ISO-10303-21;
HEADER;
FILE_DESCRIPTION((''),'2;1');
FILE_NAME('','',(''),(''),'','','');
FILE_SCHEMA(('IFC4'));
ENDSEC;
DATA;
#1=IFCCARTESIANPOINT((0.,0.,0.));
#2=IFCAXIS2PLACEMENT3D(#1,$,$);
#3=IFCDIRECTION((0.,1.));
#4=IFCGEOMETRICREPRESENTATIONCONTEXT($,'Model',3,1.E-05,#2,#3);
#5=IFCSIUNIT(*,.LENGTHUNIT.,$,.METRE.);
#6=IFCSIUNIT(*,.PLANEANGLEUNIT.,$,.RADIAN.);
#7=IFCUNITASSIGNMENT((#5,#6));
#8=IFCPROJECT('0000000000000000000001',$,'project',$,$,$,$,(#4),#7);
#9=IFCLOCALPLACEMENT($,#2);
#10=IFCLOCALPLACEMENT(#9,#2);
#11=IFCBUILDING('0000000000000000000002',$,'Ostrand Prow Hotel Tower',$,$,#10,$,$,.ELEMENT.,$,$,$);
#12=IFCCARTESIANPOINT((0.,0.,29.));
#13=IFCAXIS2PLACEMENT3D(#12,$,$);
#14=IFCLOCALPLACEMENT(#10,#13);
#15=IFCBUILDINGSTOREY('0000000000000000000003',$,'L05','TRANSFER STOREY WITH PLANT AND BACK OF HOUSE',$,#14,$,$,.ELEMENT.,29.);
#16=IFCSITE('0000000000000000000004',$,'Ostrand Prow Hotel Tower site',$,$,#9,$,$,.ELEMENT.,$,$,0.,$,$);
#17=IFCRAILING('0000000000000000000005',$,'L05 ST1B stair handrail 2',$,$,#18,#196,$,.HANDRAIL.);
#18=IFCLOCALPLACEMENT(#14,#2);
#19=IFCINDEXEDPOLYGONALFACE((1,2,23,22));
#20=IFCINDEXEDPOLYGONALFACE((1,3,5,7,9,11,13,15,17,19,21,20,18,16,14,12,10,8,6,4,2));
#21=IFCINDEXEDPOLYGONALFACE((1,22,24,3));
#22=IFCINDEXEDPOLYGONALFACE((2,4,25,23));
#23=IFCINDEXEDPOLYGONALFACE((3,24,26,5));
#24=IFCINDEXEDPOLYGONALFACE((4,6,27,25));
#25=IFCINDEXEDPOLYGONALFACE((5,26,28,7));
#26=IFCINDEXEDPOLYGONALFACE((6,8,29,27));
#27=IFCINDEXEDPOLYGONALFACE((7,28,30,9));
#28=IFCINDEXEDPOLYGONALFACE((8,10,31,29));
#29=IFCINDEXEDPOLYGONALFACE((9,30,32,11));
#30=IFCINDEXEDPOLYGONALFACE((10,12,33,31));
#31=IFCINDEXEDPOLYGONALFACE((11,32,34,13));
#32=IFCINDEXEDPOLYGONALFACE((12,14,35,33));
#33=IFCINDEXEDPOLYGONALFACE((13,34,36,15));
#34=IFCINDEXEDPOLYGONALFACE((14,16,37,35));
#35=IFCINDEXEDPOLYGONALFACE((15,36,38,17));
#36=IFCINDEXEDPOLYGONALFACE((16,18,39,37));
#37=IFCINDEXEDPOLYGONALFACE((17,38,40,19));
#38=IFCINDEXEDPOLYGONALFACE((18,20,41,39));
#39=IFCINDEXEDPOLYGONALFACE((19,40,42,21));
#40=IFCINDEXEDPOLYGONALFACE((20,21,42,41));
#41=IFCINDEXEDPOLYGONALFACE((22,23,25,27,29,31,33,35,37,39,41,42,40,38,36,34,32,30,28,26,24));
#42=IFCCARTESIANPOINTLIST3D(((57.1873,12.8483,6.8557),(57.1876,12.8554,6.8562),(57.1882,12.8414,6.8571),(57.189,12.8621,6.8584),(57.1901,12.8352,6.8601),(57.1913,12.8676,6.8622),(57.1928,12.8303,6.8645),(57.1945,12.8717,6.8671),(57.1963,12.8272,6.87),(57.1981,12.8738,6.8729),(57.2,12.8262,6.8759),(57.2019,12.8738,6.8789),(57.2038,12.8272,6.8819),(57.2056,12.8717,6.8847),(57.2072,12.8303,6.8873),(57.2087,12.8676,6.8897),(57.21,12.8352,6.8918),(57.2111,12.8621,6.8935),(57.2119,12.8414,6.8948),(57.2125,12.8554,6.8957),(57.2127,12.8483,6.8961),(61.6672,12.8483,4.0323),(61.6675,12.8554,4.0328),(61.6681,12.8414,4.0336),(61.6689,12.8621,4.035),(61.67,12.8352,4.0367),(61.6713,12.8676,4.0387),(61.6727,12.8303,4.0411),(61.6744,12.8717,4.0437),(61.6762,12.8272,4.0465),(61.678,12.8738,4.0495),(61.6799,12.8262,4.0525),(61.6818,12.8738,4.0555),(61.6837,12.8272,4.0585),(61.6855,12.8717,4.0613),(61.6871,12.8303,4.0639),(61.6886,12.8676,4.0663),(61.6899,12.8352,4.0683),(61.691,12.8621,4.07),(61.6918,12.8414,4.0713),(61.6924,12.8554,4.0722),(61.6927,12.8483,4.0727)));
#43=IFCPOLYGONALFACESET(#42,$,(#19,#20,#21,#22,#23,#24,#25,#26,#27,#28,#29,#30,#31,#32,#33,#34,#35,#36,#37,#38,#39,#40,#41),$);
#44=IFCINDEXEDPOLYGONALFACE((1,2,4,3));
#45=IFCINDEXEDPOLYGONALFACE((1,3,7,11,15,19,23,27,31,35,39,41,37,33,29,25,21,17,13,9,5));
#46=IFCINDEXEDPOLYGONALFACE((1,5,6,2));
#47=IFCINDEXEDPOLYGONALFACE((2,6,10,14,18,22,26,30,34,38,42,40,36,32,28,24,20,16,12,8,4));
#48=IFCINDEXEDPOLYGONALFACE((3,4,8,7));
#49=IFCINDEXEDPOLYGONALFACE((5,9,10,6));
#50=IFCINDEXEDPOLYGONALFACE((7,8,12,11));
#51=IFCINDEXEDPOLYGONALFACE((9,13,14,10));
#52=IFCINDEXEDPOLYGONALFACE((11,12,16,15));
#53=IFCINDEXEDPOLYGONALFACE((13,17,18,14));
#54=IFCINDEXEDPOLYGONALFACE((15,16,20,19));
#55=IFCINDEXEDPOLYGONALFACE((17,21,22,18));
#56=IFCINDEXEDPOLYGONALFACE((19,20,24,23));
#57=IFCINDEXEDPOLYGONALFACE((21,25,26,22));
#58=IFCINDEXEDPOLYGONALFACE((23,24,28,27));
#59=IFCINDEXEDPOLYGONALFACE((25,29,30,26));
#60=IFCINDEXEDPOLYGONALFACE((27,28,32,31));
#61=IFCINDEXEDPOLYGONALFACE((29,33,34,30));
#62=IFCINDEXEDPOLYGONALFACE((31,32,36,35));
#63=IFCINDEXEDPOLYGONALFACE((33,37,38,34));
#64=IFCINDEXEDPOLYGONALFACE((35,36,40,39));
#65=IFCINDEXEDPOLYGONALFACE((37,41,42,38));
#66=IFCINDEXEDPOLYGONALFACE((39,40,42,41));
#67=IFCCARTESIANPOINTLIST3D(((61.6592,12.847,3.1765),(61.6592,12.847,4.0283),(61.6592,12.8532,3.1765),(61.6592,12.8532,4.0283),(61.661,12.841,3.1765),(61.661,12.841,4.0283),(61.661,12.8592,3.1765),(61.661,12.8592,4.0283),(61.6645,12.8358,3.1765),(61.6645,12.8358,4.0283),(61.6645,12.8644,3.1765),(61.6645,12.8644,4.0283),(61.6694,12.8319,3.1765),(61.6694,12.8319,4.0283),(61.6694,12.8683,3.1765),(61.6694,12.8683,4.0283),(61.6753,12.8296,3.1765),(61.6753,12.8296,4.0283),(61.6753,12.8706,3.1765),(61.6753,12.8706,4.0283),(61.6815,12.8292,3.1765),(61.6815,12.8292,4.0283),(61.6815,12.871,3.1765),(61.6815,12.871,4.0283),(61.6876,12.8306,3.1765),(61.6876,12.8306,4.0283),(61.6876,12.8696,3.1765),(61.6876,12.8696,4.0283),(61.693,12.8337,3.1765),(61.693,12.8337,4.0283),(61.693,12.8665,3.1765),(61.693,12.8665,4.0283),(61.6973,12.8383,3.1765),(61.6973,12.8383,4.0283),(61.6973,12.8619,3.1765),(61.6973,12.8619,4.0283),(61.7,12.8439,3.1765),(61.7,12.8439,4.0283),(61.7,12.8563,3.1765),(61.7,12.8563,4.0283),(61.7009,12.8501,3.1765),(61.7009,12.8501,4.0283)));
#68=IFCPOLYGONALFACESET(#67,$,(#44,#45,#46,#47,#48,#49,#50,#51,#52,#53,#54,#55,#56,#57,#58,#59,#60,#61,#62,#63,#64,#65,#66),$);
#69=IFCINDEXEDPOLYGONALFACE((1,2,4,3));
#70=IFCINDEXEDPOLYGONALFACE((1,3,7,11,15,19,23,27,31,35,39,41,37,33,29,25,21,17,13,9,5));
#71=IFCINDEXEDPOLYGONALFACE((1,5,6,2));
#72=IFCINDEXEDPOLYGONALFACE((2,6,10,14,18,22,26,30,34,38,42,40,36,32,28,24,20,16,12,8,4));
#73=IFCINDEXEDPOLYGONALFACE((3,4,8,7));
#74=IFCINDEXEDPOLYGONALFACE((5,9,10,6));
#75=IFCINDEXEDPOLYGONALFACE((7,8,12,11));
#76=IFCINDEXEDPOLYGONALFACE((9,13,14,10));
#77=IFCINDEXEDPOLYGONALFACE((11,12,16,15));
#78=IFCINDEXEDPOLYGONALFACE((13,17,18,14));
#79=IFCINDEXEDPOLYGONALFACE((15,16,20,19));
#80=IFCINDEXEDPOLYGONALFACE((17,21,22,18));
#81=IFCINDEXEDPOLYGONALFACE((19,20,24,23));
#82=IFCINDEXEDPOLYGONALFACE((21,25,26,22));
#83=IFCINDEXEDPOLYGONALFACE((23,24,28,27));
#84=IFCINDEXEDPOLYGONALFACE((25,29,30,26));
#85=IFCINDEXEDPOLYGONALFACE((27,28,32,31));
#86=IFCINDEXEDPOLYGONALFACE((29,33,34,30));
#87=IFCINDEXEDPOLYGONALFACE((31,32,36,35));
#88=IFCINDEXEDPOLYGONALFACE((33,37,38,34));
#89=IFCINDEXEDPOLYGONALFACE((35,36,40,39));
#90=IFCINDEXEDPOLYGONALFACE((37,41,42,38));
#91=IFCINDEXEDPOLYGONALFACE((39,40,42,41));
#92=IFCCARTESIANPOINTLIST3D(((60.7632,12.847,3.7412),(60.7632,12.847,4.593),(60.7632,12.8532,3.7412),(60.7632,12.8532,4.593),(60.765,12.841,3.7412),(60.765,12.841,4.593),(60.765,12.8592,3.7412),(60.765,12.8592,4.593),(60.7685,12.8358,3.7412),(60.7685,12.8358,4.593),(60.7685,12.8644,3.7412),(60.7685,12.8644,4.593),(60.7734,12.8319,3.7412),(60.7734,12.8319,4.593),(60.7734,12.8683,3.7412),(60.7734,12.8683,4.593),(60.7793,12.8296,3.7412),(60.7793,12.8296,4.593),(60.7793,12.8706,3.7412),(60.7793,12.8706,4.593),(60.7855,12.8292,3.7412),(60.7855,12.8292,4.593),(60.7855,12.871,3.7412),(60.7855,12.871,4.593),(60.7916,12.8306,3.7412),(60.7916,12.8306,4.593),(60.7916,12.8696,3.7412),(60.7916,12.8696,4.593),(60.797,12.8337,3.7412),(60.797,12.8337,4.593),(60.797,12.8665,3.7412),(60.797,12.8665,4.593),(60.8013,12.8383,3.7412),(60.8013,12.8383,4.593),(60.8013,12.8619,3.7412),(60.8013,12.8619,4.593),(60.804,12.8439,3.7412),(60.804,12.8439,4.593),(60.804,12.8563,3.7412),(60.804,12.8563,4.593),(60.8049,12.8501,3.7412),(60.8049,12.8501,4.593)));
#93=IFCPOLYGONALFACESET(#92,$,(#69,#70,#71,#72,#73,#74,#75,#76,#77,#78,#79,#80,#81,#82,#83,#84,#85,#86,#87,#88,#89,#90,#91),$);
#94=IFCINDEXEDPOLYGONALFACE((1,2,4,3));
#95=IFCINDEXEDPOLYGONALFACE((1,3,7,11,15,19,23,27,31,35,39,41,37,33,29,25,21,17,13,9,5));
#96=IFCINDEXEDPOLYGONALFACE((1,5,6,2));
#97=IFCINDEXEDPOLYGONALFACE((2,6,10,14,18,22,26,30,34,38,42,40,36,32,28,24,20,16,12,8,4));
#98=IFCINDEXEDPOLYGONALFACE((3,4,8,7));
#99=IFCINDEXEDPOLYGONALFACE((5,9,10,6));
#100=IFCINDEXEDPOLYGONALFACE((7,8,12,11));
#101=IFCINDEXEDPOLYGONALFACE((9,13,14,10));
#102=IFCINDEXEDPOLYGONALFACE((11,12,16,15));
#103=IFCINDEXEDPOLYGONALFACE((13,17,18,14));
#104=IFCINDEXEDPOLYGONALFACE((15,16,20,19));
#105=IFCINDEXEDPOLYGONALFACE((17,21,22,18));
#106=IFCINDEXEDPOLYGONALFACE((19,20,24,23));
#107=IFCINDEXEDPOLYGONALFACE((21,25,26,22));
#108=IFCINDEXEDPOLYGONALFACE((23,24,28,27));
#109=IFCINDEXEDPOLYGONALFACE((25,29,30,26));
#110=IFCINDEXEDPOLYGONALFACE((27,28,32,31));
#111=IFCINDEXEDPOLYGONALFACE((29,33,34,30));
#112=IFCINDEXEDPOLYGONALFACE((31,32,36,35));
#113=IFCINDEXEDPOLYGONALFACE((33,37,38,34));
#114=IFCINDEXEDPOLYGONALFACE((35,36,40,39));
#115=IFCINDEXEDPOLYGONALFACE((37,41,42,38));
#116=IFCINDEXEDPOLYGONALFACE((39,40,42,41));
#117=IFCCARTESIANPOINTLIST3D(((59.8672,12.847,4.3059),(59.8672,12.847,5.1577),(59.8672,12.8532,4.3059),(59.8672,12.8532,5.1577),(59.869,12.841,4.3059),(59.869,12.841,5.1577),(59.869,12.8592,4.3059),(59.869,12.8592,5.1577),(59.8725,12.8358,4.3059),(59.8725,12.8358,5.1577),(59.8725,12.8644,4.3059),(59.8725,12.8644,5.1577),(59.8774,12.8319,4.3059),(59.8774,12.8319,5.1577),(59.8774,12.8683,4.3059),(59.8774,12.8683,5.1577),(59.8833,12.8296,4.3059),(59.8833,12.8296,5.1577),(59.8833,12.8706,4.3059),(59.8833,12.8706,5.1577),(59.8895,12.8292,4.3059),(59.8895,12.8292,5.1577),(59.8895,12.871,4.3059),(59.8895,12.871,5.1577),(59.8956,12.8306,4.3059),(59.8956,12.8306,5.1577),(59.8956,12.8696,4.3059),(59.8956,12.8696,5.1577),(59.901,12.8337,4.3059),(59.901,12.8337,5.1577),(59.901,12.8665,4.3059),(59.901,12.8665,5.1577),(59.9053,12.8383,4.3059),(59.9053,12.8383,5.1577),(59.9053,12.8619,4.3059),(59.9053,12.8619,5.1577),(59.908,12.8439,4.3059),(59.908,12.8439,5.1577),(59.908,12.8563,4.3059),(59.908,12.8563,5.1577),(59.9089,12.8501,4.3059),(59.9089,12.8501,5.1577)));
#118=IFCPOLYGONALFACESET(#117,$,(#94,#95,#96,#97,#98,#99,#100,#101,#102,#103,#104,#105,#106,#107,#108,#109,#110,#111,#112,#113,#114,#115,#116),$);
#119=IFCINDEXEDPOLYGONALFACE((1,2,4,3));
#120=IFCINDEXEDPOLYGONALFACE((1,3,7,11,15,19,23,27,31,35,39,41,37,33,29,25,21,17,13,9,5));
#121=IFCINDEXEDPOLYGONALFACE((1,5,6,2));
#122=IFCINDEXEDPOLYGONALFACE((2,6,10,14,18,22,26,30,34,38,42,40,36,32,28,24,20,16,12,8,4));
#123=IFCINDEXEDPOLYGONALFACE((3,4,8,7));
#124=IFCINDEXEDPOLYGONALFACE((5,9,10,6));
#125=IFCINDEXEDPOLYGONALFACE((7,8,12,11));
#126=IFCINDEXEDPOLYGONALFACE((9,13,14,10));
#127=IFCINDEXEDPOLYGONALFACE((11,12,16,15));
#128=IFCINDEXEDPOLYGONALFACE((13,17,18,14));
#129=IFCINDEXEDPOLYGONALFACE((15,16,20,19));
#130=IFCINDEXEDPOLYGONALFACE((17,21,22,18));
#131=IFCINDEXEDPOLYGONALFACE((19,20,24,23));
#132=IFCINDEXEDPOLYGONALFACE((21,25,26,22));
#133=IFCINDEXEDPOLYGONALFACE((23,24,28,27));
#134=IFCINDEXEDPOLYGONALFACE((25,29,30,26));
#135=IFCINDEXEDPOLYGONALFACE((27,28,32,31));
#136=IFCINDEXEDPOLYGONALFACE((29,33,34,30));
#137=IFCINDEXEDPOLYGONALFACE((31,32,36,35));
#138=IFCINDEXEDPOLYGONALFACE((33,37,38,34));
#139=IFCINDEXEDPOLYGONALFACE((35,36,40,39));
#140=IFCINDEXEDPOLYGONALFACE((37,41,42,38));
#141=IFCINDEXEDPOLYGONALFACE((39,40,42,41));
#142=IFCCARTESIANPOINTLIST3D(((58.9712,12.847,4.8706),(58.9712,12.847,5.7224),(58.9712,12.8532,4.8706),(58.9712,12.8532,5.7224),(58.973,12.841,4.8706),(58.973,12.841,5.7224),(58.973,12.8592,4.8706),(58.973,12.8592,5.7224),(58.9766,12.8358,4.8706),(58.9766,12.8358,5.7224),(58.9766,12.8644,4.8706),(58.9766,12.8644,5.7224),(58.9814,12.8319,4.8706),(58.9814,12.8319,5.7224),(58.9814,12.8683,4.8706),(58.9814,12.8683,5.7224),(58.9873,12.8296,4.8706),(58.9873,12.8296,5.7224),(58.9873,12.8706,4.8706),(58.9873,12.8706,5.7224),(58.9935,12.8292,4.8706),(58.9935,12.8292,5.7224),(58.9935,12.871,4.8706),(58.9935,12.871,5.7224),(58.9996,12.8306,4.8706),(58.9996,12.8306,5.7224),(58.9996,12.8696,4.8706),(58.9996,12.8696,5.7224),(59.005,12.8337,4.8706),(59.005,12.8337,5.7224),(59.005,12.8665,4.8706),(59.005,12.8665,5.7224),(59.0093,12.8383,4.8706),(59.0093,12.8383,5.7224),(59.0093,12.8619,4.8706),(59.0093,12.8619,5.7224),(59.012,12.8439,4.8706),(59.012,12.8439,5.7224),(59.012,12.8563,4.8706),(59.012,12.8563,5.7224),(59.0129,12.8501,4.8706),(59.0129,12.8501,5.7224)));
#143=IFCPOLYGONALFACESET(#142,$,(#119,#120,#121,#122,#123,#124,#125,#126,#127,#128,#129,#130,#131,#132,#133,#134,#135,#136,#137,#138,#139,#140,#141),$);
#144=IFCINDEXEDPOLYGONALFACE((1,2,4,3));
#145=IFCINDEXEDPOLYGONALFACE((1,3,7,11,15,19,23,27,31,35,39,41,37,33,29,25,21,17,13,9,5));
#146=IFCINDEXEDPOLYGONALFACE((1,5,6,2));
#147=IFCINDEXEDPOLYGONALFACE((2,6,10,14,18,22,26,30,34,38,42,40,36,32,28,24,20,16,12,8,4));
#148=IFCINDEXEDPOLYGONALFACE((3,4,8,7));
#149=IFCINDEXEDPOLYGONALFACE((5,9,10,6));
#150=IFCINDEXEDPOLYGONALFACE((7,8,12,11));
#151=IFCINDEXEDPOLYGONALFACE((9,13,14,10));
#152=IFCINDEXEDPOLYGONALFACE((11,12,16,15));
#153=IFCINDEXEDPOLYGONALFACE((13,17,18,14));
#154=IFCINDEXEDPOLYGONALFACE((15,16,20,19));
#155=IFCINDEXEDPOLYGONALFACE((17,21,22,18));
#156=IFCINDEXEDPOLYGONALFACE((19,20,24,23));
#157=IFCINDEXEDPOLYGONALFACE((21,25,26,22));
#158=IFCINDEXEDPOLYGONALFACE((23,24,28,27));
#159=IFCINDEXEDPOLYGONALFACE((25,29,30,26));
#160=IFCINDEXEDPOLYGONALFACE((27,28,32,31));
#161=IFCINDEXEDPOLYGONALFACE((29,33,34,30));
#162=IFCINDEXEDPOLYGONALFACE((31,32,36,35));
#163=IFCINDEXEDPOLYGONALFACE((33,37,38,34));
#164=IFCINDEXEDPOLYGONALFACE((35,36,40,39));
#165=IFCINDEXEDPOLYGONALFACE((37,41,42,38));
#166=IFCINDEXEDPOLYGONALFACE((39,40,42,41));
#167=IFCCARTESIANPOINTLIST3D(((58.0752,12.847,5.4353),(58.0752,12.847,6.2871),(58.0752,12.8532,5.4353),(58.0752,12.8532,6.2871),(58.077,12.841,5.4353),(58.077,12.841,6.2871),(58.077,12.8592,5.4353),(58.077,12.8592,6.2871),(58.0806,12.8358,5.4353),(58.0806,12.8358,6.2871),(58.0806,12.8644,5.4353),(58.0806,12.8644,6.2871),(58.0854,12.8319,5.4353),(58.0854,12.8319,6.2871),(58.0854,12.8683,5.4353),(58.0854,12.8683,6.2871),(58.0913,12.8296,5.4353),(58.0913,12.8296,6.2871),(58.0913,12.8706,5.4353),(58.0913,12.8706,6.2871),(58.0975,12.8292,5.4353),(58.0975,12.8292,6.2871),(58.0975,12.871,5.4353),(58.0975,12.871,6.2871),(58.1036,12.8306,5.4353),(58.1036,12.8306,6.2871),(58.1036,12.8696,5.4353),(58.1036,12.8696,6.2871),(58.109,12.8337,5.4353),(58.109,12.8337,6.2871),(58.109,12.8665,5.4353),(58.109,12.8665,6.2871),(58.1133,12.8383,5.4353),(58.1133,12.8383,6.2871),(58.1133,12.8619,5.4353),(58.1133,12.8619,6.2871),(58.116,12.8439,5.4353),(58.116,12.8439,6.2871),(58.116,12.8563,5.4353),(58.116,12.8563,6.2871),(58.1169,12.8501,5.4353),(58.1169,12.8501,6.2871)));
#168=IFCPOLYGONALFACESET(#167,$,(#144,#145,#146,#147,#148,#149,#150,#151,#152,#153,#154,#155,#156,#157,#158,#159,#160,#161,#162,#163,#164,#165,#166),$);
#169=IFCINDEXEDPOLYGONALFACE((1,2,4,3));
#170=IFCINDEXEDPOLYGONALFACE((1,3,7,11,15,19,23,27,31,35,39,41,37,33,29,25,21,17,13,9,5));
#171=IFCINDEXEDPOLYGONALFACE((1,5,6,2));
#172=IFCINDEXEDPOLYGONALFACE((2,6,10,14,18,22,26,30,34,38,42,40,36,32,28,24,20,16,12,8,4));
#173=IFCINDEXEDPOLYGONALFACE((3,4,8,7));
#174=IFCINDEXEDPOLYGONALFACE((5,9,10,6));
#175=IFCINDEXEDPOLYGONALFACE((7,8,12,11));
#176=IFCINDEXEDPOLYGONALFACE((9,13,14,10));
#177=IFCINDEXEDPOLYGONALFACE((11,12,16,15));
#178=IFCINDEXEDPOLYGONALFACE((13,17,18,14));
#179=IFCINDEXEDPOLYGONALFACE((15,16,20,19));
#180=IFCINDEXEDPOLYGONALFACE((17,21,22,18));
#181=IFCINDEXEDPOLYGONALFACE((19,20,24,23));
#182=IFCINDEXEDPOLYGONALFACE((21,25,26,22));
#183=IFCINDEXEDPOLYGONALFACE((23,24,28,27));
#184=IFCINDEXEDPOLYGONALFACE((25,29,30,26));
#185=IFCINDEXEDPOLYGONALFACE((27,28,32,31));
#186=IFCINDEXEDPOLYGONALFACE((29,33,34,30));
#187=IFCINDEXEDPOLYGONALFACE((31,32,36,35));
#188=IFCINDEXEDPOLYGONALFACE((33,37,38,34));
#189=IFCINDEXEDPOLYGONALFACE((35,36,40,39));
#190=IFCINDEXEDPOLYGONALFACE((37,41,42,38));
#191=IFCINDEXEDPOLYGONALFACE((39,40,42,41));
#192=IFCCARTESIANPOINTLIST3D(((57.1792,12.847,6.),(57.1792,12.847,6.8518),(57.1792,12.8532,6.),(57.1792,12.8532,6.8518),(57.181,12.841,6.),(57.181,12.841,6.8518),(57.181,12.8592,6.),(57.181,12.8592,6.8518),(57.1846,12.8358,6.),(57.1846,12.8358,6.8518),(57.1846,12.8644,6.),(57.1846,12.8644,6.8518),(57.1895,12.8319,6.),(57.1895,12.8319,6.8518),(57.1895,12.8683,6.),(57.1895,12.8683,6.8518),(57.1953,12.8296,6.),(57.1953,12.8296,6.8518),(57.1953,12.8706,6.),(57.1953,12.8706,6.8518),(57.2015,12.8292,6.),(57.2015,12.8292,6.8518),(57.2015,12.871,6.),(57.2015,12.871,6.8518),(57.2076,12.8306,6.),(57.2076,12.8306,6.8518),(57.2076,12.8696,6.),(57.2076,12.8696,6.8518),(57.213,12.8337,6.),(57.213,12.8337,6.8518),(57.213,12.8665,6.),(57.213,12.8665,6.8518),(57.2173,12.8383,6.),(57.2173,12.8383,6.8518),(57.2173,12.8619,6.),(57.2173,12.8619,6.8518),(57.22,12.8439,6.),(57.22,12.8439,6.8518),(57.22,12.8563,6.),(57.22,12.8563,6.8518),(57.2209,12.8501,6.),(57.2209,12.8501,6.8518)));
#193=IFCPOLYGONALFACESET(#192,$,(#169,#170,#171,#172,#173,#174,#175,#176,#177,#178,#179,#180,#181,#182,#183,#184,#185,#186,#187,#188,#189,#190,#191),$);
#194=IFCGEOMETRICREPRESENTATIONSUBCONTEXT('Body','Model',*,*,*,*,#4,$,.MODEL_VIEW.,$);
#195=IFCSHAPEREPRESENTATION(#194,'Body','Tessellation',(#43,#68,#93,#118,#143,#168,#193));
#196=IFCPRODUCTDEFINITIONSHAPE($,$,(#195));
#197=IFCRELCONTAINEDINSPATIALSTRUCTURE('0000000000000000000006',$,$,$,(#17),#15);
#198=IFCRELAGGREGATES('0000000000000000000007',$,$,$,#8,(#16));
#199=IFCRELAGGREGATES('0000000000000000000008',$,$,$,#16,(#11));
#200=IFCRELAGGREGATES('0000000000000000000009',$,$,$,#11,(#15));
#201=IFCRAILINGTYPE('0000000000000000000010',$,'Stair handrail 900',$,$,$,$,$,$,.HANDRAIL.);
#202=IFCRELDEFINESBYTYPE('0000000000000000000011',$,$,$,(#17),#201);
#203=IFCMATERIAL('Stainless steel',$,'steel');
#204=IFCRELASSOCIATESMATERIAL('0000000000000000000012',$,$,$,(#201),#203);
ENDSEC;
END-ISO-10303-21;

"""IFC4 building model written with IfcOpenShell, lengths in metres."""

from ifc_helpers import new_model, si_unit, direction, frame, origin, origin_2d, place, context, subcontext, project, spatial, circle, extrude, material, type_object, element, save


model = new_model("IFC4")

# Units and contexts
model_context = context("Model", 3, precision=1e-05, world=origin(), true_north=direction((0.0, 1.0)))
body_context = subcontext(model_context, "Body", "Model", "MODEL_VIEW")
ifc_project = project(units=[si_unit("LENGTHUNIT", "METRE"), si_unit("PLANEANGLEUNIT", "RADIAN")], contexts=[model_context])

# Site, building, storey
site_placement = place(None, origin())
site = spatial("IfcSite", under=ifc_project, at=site_placement, Name="Ostrand Prow Hotel Tower site", CompositionType="ELEMENT", RefElevation=0.0)
building_placement = place(site_placement, origin())
building = spatial("IfcBuilding", under=site, at=building_placement, Name="Ostrand Prow Hotel Tower", CompositionType="ELEMENT")
storey_placement = place(building_placement, frame((0.0, 0.0, 29.0)))
storey = spatial("IfcBuildingStorey", under=building, at=storey_placement, Name="L05", Description="TRANSFER STOREY WITH PLANT AND BACK OF HOUSE", CompositionType="ELEMENT", Elevation=29.0)

# Railing
ifc_material_1 = material(Name="Stainless steel", Category="steel")
railing_type_1 = type_object("IfcRailingType", Name="Stair handrail 900", PredefinedType="HANDRAIL", material=ifc_material_1)
for number, where, name in (
    (1, (61.6799, 12.8501, 3.1765), "L05 ST1B stair handrail 2"),
):
    element("IfcRailing", number, at=place(storey_placement, frame(where)), inside=storey, type_object=railing_type_1, Name=name, PredefinedType="HANDRAIL", context=body_context, shape_type="SweptSolid", body=[
        extrude(circle(Radius=0.0239, at=origin_2d()), frame((0.0, 0.0, 0.876), z_axis=(-0.845998, 0.0, 0.533186), x_axis=(0.0, -1.0, 0.0)), (0.0, 0.0, 1.0), 5.2954),
        extrude(circle(Radius=0.021, at=origin_2d()), origin(), (0.0, 0.0, 1.0), 0.8518),
        extrude(circle(Radius=0.021, at=origin_2d()), frame((-0.896, 0.0, 0.5647)), (0.0, 0.0, 1.0), 0.8518),
        extrude(circle(Radius=0.021, at=origin_2d()), frame((-1.792, 0.0, 1.1294)), (0.0, 0.0, 1.0), 0.8518),
        extrude(circle(Radius=0.021, at=origin_2d()), frame((-2.688, 0.0, 1.6941)), (0.0, 0.0, 1.0), 0.8518),
        extrude(circle(Radius=0.021, at=origin_2d()), frame((-3.584, 0.0, 2.2588)), (0.0, 0.0, 1.0), 0.8518),
        extrude(circle(Radius=0.021, at=origin_2d()), frame((-4.48, 0.0, 2.8235)), (0.0, 0.0, 1.0), 0.8518),
    ])

save(model, "model.ifc")
